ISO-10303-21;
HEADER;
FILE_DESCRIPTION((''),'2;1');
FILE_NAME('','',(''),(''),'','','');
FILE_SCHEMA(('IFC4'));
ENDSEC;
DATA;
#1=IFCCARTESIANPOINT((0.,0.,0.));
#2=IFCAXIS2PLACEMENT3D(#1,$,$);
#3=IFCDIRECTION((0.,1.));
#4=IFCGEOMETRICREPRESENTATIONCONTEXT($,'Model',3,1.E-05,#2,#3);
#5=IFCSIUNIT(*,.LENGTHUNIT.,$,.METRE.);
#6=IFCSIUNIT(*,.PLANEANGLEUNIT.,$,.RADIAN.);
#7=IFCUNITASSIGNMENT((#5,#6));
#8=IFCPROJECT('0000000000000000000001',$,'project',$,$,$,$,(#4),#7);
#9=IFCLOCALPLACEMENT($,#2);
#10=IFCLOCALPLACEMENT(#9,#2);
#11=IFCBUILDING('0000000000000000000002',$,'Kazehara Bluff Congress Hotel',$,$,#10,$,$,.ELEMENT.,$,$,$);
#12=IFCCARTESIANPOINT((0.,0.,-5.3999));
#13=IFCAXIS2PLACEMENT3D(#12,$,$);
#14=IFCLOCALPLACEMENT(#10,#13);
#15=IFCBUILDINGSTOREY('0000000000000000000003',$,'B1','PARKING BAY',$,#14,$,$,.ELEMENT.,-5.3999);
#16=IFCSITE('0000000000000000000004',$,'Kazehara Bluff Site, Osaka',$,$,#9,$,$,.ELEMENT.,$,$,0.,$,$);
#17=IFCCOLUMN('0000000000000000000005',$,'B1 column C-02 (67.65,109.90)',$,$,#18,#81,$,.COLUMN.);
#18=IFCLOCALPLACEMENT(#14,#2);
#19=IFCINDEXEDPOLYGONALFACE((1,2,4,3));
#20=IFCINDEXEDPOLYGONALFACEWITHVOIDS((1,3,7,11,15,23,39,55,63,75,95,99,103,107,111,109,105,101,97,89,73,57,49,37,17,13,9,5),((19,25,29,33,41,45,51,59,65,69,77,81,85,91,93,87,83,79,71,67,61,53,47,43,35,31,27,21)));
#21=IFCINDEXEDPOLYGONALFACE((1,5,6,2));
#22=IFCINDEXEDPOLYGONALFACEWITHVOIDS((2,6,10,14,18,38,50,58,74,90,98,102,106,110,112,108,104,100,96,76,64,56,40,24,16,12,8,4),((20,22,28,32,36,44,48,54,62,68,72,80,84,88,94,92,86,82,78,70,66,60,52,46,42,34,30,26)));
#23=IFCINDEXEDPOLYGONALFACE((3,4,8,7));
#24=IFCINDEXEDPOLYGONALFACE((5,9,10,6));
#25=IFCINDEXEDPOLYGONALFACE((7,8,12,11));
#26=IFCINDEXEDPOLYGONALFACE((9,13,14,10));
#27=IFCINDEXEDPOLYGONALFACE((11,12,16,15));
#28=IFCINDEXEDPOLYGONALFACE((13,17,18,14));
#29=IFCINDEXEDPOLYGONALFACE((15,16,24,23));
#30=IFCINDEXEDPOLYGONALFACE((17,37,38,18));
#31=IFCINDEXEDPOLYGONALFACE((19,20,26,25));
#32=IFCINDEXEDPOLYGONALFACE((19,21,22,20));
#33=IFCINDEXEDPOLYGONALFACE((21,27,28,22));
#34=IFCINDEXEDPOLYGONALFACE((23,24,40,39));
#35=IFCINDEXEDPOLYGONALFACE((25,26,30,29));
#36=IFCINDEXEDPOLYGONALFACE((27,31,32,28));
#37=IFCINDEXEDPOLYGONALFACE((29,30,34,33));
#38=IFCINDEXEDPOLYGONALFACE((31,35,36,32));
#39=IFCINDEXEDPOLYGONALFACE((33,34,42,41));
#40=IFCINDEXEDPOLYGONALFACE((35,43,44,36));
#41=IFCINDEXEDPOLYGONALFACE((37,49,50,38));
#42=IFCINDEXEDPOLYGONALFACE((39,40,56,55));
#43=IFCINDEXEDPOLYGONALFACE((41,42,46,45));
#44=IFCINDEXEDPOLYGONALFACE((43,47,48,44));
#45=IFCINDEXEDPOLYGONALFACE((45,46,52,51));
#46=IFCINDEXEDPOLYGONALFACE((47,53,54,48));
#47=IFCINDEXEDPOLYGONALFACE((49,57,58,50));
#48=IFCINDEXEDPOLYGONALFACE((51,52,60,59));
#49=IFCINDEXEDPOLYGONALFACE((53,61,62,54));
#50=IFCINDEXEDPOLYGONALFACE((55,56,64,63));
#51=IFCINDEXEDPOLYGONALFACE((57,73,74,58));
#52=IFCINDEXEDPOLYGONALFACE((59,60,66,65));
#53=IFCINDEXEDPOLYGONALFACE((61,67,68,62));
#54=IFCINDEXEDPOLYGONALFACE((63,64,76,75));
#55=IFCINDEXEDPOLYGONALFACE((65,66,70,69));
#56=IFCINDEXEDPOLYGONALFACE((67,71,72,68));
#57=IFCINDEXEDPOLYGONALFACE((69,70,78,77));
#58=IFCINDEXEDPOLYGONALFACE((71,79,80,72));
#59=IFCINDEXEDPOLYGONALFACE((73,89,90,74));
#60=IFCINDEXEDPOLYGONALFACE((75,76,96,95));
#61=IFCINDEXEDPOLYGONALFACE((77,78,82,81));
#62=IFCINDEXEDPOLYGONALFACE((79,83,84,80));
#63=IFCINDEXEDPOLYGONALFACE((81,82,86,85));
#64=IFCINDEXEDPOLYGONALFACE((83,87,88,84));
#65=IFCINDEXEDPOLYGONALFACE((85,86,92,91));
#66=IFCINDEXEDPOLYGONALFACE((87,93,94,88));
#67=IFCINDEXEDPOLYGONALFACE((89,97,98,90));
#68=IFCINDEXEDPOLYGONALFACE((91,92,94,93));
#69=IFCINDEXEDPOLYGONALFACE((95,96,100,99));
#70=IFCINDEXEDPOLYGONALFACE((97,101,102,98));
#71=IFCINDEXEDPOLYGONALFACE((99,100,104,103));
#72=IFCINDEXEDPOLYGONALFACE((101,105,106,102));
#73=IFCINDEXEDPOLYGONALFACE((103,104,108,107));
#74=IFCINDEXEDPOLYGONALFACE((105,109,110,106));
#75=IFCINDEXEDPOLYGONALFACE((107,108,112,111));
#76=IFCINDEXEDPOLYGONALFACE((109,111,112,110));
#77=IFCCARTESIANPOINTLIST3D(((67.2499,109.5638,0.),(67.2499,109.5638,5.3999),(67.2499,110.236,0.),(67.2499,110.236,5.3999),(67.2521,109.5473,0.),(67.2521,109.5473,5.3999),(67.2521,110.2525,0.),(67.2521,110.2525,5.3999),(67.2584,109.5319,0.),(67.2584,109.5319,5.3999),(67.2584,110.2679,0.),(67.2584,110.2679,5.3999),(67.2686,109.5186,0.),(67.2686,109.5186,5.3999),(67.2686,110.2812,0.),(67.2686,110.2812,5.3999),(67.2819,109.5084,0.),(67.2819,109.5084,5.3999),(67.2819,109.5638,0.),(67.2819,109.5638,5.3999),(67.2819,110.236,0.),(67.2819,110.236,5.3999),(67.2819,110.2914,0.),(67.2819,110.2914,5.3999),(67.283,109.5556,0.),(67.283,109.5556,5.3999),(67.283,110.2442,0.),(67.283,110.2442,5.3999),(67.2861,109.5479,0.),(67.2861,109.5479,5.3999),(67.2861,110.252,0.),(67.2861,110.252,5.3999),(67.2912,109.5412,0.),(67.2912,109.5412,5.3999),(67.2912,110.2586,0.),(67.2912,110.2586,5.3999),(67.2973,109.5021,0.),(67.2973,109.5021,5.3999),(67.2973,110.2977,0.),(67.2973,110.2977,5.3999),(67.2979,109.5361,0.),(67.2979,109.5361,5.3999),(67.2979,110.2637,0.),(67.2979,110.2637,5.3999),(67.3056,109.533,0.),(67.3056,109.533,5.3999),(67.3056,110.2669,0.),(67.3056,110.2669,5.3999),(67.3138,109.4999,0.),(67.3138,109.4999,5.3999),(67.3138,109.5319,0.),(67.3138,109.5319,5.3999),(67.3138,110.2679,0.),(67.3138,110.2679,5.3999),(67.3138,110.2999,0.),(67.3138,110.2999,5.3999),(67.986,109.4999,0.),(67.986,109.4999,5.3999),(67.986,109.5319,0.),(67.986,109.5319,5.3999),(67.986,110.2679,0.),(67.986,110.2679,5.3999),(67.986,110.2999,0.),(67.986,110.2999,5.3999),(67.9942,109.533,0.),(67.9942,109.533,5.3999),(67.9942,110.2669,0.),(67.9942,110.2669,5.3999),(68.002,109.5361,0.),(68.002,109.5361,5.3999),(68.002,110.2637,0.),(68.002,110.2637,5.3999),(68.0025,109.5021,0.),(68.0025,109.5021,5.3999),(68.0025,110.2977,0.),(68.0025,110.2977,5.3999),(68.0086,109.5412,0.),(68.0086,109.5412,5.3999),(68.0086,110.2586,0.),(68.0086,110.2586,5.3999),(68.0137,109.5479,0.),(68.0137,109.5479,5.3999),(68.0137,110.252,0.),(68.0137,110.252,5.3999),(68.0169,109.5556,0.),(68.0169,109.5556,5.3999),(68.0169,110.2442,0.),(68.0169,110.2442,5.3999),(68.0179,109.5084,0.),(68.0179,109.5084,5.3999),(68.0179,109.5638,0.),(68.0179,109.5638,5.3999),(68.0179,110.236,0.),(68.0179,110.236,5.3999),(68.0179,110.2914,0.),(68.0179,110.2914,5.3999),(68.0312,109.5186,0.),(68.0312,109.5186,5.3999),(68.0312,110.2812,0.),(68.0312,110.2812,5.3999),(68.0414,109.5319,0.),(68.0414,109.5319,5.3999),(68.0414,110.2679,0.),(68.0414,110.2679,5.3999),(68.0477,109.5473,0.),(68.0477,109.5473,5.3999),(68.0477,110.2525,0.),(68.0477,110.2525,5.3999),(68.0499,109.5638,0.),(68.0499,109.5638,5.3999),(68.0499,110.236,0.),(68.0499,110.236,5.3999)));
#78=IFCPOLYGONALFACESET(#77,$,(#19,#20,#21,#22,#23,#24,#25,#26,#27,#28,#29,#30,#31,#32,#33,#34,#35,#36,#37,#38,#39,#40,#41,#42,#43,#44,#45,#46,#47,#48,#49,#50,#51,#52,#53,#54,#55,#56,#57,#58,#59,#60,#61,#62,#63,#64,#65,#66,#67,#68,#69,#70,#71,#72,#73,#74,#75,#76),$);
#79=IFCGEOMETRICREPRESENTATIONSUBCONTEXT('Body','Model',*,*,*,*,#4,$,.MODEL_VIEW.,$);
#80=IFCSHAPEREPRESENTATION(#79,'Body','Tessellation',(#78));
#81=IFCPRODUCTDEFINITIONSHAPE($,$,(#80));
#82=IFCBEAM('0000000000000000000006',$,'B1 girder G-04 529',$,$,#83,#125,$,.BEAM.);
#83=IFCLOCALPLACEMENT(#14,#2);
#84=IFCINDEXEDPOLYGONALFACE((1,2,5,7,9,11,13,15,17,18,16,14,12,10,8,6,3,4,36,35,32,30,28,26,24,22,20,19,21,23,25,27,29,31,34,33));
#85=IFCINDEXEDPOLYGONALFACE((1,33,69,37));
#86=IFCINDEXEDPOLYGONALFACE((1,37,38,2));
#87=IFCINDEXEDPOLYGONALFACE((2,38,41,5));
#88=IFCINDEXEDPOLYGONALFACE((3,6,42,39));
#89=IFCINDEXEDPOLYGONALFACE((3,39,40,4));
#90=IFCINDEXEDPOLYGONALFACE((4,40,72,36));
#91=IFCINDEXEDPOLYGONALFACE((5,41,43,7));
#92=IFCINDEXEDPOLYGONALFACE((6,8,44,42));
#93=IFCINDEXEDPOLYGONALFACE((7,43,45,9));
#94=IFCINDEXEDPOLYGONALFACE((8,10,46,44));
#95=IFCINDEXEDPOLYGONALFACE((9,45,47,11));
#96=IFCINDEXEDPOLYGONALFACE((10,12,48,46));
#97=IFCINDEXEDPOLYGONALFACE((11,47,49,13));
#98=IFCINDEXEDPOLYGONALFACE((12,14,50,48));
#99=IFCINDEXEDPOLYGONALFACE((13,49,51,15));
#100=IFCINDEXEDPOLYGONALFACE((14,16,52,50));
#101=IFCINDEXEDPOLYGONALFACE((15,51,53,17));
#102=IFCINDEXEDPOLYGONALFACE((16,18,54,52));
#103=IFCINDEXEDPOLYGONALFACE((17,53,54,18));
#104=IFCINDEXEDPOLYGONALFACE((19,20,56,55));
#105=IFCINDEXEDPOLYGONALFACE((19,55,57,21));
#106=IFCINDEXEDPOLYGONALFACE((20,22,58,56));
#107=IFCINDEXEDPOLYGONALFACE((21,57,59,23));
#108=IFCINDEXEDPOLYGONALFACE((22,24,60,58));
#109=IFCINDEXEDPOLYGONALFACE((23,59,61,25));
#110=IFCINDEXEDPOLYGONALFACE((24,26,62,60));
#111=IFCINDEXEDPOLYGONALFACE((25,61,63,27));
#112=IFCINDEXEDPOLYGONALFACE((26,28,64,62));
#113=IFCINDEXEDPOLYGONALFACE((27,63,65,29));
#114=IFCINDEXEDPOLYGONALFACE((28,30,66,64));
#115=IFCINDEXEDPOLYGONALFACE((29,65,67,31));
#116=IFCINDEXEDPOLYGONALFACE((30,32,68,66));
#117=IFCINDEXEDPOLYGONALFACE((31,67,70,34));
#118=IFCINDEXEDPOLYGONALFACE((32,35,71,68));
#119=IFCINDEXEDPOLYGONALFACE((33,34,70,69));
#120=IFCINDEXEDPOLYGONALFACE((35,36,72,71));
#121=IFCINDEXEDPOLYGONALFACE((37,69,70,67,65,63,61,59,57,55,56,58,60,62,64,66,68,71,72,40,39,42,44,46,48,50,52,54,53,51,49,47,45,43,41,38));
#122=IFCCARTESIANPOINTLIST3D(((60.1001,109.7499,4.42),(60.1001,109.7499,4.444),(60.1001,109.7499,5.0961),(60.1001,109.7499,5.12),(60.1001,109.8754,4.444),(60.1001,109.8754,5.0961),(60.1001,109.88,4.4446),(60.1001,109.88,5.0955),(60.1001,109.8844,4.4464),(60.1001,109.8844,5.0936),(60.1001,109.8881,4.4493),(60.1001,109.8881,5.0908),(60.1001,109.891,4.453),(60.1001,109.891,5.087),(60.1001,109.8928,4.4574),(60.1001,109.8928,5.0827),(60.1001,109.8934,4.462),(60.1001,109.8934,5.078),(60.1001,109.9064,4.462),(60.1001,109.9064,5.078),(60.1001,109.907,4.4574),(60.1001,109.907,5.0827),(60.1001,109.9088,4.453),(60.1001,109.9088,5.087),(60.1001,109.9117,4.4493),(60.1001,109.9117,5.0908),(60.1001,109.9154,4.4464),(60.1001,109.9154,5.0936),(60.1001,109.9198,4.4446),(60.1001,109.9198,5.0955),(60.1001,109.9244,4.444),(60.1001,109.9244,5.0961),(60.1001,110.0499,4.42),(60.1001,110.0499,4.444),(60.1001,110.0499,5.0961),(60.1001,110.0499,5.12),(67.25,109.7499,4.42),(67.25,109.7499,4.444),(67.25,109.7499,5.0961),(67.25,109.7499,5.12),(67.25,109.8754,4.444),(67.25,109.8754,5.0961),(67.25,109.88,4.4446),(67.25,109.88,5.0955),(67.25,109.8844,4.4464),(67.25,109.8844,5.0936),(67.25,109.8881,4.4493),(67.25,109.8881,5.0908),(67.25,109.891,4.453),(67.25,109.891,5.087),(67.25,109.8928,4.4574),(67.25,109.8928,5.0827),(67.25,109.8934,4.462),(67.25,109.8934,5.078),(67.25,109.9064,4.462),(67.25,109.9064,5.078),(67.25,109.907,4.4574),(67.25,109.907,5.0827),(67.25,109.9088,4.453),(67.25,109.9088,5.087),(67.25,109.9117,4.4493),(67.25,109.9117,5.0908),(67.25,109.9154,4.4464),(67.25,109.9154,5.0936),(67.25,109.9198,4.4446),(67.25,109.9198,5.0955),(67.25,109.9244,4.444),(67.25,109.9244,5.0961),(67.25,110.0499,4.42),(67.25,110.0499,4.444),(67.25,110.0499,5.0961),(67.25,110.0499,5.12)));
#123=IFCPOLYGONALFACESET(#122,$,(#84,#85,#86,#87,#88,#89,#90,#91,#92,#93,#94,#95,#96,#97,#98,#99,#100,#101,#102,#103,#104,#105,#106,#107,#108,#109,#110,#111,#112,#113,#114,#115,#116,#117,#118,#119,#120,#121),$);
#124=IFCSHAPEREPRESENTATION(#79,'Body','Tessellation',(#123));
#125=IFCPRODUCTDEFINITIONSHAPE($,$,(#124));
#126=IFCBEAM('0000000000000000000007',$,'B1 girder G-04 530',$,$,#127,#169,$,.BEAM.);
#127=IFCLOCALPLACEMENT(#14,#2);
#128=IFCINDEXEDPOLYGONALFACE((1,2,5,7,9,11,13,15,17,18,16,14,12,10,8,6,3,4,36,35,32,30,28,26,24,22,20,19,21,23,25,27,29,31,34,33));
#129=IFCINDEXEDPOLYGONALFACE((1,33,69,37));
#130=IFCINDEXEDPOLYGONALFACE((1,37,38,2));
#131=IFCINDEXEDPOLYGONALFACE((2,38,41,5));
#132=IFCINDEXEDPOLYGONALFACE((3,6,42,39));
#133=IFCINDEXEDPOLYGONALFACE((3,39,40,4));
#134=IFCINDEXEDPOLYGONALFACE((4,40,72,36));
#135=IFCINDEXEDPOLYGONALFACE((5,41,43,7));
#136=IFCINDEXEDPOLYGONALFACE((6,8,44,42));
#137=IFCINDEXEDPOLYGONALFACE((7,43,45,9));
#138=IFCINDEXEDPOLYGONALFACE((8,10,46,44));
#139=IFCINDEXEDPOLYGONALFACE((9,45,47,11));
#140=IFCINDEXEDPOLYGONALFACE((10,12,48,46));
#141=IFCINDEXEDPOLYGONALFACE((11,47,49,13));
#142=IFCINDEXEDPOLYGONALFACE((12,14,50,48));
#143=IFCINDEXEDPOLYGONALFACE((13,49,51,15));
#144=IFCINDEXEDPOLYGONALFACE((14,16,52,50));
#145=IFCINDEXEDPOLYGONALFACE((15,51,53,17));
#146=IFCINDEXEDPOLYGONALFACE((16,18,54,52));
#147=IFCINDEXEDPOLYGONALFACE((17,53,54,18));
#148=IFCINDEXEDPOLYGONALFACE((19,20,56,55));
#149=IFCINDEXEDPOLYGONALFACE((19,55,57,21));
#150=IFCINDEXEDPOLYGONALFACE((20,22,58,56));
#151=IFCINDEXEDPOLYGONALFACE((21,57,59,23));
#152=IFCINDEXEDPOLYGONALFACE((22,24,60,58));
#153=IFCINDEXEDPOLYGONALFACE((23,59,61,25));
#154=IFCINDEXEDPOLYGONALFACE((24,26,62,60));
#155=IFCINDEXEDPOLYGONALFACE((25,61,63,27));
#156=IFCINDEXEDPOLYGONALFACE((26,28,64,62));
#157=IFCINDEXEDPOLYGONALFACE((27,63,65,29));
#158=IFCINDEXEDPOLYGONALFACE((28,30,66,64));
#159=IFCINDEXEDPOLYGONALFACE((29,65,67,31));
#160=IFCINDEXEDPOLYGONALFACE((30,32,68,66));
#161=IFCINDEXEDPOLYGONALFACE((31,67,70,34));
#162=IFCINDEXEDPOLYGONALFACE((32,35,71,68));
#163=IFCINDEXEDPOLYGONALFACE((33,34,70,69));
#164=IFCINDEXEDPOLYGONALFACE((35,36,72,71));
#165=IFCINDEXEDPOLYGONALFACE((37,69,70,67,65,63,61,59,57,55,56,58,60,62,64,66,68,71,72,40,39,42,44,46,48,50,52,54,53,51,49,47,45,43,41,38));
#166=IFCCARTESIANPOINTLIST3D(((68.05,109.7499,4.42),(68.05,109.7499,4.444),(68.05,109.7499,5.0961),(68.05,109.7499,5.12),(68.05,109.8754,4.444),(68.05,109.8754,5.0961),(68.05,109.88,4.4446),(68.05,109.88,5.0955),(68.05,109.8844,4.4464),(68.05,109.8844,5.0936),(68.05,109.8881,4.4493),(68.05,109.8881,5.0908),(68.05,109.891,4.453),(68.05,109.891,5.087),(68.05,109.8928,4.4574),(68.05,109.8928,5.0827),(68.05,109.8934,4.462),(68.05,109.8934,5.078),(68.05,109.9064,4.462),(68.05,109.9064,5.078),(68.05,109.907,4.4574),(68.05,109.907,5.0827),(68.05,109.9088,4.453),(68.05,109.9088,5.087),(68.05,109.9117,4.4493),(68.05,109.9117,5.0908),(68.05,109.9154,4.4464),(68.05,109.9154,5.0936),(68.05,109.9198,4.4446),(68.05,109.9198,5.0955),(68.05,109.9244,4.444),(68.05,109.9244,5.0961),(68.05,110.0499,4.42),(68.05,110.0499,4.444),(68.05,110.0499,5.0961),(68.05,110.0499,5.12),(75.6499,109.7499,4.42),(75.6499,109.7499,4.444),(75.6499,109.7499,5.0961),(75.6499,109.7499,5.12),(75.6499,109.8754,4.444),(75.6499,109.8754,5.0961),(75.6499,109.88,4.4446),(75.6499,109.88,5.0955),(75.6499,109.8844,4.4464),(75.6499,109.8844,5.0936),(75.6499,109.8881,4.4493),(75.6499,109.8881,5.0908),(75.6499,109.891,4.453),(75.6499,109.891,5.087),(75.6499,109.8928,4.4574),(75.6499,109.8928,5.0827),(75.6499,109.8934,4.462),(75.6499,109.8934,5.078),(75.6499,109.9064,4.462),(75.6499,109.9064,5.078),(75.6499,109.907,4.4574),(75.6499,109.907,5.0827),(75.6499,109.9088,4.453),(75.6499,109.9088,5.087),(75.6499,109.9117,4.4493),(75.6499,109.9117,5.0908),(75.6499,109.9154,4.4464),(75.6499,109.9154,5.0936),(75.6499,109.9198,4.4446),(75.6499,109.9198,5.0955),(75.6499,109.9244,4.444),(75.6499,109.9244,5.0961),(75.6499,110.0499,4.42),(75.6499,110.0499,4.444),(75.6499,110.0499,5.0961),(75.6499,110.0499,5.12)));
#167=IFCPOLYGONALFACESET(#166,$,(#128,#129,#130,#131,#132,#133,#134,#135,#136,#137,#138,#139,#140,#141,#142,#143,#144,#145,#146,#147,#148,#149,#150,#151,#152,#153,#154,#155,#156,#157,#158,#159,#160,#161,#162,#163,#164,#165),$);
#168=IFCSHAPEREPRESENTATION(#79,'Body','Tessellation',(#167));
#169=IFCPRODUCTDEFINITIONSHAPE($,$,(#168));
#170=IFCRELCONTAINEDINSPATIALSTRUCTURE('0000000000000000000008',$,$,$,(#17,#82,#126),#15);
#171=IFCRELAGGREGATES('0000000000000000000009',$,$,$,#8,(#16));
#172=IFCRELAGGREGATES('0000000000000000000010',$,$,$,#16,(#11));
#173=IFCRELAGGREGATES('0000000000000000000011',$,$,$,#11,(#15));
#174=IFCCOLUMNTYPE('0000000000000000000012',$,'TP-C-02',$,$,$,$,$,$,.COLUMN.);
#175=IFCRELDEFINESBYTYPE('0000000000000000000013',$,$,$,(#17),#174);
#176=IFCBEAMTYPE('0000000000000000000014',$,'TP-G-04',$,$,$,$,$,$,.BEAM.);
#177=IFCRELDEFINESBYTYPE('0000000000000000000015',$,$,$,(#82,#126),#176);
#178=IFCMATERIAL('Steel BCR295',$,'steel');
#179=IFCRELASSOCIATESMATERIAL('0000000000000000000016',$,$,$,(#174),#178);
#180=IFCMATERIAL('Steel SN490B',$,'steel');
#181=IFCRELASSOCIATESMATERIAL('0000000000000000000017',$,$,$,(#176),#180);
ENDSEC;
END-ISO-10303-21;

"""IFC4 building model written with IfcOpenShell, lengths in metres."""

from ifc_helpers import new_model, si_unit, direction, frame, origin, origin_2d, place, context, subcontext, project, spatial, hollow_rectangle, i_section, extrude, material, material_profile, profile_set, type_object, element, save


model = new_model("IFC4")

# Units and contexts
model_context = context("Model", 3, precision=1e-05, world=origin(), true_north=direction((0.0, 1.0)))
body_context = subcontext(model_context, "Body", "Model", "MODEL_VIEW")
ifc_project = project(units=[si_unit("LENGTHUNIT", "METRE"), si_unit("PLANEANGLEUNIT", "RADIAN")], contexts=[model_context])

# Site, building, storey
site_placement = place(None, origin())
site = spatial("IfcSite", under=ifc_project, at=site_placement, Name="Kazehara Bluff Site, Osaka", CompositionType="ELEMENT", RefElevation=0.0)
building_placement = place(site_placement, origin())
building = spatial("IfcBuilding", under=site, at=building_placement, Name="Kazehara Bluff Congress Hotel", CompositionType="ELEMENT")
storey_placement = place(building_placement, frame((0.0, 0.0, -5.3999)))
storey = spatial("IfcBuildingStorey", under=building, at=storey_placement, Name="B1", Description="PARKING BAY", CompositionType="ELEMENT", Elevation=-5.3999)

# Column
ifc_material_1 = material(Name="Steel BCR295", Category="steel")
ifc_material_profile_1 = material_profile(ifc_material_1, hollow_rectangle(XDim=0.8, YDim=0.8, WallThickness=0.032, InnerFilletRadius=0.032, OuterFilletRadius=0.064, at=origin_2d()))
ifc_profile_set_1 = profile_set([ifc_material_profile_1], Name="Steel BCR295")
column_type = type_object("IfcColumnType", Name="TP-C-02", PredefinedType="COLUMN", material=ifc_profile_set_1)
column_placement = place(storey_placement, frame((67.6499, 109.8999, 0.0), z_axis=(0.0, 0.0, 1.0), x_axis=(1.0, 0.0, 0.0)))
element("IfcColumn", 1, at=column_placement, inside=storey, type_object=column_type, Name="B1 column C-02 (67.65,109.90)", PredefinedType="COLUMN", context=body_context, shape_type="SweptSolid", body=[
    extrude(hollow_rectangle(XDim=0.8, YDim=0.8, WallThickness=0.032, InnerFilletRadius=0.032, OuterFilletRadius=0.064, at=origin_2d()), origin(), (0.0, 0.0, 1.0), 5.3999),
])

# Beams
ifc_material_2 = material(Name="Steel SN490B", Category="steel")
ifc_material_profile_2 = material_profile(ifc_material_2, i_section(OverallWidth=0.3, OverallDepth=0.7, WebThickness=0.0129, FlangeThickness=0.0239, FilletRadius=0.0181, at=origin_2d()))
ifc_profile_set_2 = profile_set([ifc_material_profile_2], Name="Steel SN490B")
beam_type_1 = type_object("IfcBeamType", Name="TP-G-04", PredefinedType="BEAM", material=ifc_profile_set_2)
beam_1_placement = place(storey_placement, frame((60.1001, 109.8999, 4.77), z_axis=(1.0, 0.0, 0.0), x_axis=(0.0, 1.0, 0.0)))
element("IfcBeam", 2, at=beam_1_placement, inside=storey, type_object=beam_type_1, Name="B1 girder G-04 529", PredefinedType="BEAM", context=body_context, shape_type="SweptSolid", body=[
    extrude(i_section(OverallWidth=0.3, OverallDepth=0.7, WebThickness=0.0129, FlangeThickness=0.0239, FilletRadius=0.0181, at=origin_2d()), origin(), (0.0, 0.0, 1.0), 7.1499),
])
beam_2_placement = place(storey_placement, frame((68.05, 109.8999, 4.77), z_axis=(1.0, 0.0, 0.0), x_axis=(0.0, 1.0, 0.0)))
element("IfcBeam", 3, at=beam_2_placement, inside=storey, type_object=beam_type_1, Name="B1 girder G-04 530", PredefinedType="BEAM", context=body_context, shape_type="SweptSolid", body=[
    extrude(i_section(OverallWidth=0.3, OverallDepth=0.7, WebThickness=0.0129, FlangeThickness=0.0239, FilletRadius=0.0181, at=origin_2d()), origin(), (0.0, 0.0, 1.0), 7.5999),
])

save(model, "model.ifc")
